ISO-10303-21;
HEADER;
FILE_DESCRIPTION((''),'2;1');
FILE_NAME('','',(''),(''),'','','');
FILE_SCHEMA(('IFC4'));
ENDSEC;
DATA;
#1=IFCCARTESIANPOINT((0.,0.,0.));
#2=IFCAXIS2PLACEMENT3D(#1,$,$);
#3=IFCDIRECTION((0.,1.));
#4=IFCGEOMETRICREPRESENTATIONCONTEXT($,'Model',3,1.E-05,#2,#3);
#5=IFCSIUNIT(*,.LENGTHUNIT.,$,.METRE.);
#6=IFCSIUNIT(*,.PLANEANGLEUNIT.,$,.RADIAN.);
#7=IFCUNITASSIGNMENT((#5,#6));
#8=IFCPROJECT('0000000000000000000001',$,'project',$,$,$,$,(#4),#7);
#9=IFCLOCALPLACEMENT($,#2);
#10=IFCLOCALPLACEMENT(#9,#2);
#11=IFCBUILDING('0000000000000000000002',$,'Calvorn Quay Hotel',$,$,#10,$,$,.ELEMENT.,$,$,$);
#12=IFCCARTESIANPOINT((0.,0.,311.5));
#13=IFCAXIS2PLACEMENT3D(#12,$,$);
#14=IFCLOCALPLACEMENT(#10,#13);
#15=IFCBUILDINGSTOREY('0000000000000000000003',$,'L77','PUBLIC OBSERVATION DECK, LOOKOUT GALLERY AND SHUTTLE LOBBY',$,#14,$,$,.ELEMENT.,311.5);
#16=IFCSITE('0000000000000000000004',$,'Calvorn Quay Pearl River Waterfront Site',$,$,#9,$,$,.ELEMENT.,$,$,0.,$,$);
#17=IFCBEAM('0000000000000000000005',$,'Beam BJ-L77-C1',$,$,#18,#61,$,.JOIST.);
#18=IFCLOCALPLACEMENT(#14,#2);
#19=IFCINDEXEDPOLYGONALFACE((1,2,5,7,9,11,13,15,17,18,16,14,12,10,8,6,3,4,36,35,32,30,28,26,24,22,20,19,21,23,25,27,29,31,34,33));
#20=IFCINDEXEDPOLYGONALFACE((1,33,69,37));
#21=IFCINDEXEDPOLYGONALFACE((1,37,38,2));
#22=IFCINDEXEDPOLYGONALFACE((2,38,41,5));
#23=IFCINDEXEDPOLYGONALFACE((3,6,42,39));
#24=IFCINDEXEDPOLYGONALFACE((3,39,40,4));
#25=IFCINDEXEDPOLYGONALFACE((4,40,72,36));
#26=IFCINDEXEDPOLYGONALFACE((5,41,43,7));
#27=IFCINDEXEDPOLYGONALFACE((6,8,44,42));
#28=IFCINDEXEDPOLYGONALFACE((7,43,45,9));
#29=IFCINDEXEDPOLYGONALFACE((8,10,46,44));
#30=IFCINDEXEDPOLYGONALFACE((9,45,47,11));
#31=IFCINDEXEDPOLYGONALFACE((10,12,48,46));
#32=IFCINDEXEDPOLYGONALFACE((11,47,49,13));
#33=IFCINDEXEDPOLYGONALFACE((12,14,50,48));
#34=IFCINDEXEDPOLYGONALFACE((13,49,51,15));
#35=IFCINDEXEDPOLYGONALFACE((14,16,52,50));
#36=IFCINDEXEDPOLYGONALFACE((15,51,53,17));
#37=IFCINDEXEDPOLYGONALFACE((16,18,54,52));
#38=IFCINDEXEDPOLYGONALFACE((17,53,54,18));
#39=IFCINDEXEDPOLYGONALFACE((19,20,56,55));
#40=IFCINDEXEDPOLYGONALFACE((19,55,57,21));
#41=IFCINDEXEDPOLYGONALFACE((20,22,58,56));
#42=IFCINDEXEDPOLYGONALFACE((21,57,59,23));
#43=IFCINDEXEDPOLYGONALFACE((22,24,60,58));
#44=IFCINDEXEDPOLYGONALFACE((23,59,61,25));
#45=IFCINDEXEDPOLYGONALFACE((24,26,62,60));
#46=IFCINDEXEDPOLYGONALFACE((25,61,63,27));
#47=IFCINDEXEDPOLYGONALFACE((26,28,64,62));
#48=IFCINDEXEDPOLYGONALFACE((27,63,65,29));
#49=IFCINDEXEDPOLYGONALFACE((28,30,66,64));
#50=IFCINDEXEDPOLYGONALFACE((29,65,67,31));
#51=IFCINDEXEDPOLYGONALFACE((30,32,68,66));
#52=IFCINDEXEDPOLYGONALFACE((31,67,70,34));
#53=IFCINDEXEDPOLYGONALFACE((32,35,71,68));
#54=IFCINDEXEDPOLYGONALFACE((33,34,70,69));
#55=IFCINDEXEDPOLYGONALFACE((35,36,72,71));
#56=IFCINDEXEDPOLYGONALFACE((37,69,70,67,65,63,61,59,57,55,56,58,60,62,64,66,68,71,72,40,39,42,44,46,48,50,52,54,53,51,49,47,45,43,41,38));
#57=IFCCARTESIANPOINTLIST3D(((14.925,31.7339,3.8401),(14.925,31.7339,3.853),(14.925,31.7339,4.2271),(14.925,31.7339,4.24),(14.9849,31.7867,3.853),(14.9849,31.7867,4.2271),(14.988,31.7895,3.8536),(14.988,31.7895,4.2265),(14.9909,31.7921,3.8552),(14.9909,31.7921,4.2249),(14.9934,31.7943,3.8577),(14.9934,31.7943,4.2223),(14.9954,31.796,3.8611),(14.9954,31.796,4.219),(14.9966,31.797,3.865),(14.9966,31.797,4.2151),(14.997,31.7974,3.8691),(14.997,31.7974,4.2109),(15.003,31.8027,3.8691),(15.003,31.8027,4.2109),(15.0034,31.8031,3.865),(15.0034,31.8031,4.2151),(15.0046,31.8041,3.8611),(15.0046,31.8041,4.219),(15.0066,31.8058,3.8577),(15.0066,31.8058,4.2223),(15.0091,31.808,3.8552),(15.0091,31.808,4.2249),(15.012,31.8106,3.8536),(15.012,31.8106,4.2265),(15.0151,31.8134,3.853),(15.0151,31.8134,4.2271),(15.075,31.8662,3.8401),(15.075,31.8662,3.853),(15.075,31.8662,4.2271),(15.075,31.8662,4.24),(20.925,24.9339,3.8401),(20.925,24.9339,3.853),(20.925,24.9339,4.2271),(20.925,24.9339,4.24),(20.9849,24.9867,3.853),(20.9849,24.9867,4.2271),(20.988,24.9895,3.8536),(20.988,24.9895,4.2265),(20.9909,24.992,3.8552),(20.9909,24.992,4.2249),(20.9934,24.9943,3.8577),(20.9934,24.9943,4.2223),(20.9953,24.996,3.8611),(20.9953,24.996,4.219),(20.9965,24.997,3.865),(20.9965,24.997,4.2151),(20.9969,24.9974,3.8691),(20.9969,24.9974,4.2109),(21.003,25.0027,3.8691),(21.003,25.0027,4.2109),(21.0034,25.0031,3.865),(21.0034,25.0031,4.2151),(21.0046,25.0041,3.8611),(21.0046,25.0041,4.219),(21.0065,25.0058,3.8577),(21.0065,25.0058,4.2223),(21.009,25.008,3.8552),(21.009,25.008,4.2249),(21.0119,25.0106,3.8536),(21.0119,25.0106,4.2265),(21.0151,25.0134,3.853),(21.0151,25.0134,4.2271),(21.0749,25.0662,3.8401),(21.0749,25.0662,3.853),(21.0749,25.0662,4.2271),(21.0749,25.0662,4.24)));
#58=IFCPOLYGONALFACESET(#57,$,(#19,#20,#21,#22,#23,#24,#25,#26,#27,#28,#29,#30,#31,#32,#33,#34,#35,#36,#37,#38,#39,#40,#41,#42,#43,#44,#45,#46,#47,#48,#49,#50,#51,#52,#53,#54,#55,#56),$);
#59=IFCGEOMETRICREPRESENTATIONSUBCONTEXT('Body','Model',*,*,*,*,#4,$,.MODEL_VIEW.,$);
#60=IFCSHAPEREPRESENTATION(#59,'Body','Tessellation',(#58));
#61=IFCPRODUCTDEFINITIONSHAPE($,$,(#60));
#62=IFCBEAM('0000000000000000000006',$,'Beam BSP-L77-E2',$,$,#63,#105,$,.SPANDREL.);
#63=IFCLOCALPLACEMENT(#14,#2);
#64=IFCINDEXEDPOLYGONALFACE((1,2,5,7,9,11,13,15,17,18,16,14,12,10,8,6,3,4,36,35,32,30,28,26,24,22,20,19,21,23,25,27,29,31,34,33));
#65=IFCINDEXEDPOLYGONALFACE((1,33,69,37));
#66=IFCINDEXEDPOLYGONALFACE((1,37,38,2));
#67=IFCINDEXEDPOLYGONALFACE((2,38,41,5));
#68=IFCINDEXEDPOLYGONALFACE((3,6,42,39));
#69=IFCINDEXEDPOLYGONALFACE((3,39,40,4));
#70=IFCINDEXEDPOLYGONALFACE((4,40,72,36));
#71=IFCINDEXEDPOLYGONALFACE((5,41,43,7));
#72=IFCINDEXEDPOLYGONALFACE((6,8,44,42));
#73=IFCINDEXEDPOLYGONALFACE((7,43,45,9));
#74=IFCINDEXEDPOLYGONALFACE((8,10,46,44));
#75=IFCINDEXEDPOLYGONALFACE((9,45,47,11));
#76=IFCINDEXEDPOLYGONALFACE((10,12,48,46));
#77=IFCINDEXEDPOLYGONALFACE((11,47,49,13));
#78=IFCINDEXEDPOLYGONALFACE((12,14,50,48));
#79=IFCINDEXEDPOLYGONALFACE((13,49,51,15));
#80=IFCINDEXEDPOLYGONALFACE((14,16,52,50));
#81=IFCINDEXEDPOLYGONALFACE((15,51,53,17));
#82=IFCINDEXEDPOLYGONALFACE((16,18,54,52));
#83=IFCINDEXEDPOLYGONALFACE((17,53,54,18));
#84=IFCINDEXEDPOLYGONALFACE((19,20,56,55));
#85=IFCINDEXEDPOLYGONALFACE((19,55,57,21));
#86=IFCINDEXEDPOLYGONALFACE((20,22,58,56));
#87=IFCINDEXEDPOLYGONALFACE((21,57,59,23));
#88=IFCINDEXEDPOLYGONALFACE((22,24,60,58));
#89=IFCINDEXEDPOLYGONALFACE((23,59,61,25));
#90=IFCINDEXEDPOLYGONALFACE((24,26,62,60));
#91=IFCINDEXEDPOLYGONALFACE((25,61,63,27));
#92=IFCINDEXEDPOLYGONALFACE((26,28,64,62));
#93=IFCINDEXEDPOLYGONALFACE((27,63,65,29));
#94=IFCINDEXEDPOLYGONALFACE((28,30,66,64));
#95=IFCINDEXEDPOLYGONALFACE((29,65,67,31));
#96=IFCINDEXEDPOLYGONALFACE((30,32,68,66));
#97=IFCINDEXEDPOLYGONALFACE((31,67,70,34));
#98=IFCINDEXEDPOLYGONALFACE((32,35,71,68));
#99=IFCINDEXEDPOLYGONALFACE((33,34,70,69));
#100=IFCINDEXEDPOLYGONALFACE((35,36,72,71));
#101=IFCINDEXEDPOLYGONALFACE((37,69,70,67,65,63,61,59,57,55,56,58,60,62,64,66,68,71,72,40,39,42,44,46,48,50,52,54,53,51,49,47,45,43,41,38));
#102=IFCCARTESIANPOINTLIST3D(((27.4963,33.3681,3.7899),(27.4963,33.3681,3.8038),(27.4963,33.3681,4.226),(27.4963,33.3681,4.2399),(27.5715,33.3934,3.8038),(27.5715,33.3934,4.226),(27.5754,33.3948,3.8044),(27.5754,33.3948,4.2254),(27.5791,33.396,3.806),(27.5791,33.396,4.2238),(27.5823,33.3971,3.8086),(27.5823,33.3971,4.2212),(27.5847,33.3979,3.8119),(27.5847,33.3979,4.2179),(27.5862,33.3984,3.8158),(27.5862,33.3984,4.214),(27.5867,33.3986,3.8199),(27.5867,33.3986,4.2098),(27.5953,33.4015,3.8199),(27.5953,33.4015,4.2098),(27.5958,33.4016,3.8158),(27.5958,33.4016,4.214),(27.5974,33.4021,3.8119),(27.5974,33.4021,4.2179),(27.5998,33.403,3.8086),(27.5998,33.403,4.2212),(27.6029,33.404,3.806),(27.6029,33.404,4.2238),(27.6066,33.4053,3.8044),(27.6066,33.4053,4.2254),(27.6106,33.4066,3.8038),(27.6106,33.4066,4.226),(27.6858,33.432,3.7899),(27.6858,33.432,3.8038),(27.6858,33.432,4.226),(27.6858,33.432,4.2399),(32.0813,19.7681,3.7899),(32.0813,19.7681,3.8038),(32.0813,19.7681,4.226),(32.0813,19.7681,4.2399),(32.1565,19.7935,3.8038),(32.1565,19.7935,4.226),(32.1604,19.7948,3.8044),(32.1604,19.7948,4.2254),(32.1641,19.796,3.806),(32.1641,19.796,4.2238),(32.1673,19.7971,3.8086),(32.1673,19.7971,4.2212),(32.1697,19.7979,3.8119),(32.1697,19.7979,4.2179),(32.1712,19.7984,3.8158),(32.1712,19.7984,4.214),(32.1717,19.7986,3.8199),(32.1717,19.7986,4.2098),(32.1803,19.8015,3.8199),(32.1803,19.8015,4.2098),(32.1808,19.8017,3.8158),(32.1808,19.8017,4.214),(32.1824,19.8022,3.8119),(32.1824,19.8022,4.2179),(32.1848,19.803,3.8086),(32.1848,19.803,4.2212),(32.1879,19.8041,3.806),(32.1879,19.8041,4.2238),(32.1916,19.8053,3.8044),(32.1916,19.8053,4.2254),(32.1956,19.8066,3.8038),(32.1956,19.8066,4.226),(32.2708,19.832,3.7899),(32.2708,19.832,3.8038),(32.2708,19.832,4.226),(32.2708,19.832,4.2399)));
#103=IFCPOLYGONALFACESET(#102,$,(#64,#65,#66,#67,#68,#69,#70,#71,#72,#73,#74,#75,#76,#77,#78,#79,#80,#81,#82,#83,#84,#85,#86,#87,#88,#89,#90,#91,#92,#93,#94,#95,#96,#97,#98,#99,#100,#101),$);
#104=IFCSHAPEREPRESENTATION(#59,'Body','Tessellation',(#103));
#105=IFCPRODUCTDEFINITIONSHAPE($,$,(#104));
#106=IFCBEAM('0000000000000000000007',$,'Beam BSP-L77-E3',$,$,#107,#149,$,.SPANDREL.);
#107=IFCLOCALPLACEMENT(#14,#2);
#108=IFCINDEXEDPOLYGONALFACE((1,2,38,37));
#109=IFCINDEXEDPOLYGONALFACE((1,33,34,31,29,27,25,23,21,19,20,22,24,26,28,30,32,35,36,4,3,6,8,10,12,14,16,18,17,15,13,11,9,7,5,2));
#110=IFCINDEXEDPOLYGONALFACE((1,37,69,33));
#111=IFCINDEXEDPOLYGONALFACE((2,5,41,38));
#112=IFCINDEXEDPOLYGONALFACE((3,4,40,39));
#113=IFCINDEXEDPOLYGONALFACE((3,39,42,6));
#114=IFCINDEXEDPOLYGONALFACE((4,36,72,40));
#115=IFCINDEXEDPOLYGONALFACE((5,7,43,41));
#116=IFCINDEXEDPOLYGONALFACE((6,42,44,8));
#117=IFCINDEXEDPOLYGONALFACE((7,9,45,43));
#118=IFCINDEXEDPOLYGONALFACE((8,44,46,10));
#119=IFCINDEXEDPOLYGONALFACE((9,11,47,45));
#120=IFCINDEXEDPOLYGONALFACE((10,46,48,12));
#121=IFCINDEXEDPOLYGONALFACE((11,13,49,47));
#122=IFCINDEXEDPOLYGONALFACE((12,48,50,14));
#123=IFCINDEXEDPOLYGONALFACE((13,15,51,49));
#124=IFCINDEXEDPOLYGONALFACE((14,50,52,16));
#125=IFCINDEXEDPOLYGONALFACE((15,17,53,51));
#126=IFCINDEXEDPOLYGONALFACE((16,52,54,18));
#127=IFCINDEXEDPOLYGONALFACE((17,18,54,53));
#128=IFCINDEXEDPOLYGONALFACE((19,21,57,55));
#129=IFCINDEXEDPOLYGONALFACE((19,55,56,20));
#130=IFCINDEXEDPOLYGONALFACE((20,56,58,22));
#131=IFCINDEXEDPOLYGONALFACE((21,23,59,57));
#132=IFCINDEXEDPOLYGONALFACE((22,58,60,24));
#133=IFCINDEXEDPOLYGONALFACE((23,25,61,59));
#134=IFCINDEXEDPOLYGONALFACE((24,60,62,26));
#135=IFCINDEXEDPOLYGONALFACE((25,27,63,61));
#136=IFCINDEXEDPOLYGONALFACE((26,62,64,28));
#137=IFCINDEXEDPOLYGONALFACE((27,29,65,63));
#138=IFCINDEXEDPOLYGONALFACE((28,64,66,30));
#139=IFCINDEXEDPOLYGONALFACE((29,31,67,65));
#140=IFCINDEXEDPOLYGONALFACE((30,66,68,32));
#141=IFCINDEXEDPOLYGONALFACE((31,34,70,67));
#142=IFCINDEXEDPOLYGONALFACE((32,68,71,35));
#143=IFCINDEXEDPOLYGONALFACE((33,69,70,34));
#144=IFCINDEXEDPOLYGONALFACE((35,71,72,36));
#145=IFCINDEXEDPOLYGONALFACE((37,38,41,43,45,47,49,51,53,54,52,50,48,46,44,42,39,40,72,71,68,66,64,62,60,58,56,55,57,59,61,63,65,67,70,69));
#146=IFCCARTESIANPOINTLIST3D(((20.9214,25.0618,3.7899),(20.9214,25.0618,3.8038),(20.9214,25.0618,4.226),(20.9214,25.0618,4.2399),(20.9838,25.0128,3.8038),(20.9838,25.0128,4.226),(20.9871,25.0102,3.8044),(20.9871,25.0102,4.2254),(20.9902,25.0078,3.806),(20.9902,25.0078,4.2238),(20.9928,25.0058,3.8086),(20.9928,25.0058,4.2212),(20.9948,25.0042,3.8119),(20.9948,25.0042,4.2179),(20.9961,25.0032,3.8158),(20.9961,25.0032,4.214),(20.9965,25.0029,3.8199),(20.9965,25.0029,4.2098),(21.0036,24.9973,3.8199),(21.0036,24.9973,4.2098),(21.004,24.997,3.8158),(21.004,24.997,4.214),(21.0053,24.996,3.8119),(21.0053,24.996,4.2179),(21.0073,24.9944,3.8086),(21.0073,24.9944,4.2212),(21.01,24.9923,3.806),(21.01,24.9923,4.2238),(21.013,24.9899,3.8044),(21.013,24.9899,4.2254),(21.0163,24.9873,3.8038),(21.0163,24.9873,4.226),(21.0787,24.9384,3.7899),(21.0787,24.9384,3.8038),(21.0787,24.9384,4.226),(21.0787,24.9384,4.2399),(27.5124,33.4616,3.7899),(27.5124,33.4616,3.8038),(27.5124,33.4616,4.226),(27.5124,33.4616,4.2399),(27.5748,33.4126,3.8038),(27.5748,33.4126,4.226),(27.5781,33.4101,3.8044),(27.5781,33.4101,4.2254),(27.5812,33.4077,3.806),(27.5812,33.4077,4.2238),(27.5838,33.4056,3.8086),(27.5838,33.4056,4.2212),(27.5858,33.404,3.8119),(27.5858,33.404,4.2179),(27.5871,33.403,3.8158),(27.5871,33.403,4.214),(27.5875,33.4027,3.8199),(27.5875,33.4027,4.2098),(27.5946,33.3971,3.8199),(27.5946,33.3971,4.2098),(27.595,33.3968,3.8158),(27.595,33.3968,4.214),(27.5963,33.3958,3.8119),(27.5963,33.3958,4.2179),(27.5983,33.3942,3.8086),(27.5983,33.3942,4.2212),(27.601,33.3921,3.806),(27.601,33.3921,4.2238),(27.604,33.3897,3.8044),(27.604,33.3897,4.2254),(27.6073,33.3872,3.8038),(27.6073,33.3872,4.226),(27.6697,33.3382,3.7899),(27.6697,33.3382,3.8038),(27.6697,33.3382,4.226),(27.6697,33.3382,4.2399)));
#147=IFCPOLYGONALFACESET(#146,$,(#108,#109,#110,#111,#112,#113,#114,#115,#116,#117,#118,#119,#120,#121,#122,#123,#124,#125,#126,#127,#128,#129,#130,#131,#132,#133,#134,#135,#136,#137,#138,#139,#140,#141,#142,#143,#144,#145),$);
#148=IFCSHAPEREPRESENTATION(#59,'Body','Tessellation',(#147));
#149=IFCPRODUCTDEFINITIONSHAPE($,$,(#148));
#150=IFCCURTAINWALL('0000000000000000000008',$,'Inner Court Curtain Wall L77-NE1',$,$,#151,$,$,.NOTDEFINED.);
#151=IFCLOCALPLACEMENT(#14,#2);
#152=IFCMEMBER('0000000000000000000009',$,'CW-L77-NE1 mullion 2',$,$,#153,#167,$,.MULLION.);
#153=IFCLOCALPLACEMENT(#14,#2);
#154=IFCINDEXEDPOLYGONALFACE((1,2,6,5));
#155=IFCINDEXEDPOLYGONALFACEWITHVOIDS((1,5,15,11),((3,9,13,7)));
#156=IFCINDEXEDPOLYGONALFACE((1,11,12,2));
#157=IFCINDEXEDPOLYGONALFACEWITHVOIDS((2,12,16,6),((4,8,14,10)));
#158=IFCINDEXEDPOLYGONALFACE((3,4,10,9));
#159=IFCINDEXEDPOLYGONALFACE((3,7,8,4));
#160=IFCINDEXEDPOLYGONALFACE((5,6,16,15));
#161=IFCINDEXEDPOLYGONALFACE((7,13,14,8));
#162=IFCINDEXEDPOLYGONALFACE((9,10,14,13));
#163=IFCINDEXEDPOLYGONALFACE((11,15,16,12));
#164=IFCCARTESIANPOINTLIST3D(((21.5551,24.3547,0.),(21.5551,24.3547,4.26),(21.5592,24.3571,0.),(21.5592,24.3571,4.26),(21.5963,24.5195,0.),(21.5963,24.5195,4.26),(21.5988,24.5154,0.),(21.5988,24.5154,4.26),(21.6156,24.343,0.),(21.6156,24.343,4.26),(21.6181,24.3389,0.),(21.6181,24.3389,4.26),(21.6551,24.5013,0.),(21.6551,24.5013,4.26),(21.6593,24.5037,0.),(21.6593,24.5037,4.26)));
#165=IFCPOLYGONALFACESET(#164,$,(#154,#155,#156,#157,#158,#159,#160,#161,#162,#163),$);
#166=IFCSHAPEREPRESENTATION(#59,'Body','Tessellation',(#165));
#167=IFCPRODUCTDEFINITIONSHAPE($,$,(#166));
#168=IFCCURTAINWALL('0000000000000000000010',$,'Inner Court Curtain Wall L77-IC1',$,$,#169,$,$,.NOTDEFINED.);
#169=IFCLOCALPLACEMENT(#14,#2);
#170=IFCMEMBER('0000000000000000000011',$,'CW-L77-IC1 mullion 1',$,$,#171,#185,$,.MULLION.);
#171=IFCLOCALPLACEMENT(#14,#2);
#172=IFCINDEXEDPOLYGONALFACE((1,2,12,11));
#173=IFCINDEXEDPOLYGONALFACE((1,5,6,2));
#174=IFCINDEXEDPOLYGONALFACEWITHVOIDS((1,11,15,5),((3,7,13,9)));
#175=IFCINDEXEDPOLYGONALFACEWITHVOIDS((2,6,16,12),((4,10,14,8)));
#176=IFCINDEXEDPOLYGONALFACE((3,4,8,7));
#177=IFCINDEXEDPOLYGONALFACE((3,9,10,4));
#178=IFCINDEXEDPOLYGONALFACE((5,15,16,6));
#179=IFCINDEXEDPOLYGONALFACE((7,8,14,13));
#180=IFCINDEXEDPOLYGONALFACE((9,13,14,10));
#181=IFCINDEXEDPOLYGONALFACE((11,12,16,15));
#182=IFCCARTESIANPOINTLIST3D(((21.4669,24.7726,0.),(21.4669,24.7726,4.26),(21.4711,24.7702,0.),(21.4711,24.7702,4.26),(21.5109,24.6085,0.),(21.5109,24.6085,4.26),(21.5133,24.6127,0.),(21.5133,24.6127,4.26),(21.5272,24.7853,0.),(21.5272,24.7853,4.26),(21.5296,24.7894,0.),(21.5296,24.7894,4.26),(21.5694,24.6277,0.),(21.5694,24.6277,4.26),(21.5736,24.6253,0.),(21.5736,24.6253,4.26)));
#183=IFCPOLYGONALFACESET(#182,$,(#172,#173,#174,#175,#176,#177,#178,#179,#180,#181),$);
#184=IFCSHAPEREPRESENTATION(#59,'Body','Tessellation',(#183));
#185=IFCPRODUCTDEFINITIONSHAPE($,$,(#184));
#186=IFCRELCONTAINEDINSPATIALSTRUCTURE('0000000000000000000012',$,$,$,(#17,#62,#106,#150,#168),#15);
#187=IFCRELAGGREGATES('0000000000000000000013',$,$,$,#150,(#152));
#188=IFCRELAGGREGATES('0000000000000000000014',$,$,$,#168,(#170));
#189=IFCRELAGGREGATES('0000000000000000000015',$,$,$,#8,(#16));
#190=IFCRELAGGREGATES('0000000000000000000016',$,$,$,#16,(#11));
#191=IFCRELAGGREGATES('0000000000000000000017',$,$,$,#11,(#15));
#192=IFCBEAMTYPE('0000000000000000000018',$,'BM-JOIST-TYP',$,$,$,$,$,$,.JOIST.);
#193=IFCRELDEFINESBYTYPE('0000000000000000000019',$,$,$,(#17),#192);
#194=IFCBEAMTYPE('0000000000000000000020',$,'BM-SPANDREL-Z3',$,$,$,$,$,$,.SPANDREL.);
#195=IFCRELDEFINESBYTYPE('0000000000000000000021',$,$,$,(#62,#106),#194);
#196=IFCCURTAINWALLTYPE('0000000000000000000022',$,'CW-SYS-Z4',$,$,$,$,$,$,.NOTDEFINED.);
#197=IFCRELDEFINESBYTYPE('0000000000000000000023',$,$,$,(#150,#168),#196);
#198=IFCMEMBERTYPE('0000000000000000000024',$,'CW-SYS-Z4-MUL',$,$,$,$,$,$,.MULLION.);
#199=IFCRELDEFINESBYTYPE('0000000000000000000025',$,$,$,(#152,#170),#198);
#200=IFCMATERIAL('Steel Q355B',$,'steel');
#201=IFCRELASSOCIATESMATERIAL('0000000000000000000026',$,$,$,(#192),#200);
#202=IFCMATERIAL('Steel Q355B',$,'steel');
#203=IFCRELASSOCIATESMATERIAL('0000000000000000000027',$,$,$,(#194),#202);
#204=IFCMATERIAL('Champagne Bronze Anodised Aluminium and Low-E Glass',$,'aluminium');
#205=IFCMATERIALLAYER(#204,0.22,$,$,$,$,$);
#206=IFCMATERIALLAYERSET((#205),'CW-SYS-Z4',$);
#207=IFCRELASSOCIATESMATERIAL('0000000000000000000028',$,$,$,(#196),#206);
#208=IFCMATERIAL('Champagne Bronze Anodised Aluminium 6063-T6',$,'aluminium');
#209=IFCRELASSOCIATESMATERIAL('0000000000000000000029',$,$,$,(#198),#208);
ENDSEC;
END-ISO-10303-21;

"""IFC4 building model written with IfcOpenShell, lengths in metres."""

from ifc_helpers import new_model, si_unit, direction, frame, origin, origin_2d, place, context, subcontext, project, spatial, hollow_rectangle, i_section, extrude, material, layer, layer_set, material_profile, profile_set, type_object, element, aggregate, save


model = new_model("IFC4")

# Units and contexts
model_context = context("Model", 3, precision=1e-05, world=origin(), true_north=direction((0.0, 1.0)))
body_context = subcontext(model_context, "Body", "Model", "MODEL_VIEW")
ifc_project = project(units=[si_unit("LENGTHUNIT", "METRE"), si_unit("PLANEANGLEUNIT", "RADIAN")], contexts=[model_context])

# Site, building, storey
site_placement = place(None, origin())
site = spatial("IfcSite", under=ifc_project, at=site_placement, Name="Calvorn Quay Pearl River Waterfront Site", CompositionType="ELEMENT", RefElevation=0.0)
building_placement = place(site_placement, origin())
building = spatial("IfcBuilding", under=site, at=building_placement, Name="Calvorn Quay Hotel", CompositionType="ELEMENT")
storey_placement = place(building_placement, frame((0.0, 0.0, 311.5)))
storey = spatial("IfcBuildingStorey", under=building, at=storey_placement, Name="L77", Description="PUBLIC OBSERVATION DECK, LOOKOUT GALLERY AND SHUTTLE LOBBY", CompositionType="ELEMENT", Elevation=311.5)

# Beams
ifc_material_1 = material(Name="Steel Q355B", Category="steel")
ifc_material_profile_1 = material_profile(ifc_material_1, i_section(OverallWidth=0.2, OverallDepth=0.3999, WebThickness=0.0081, FlangeThickness=0.0129, FilletRadius=0.0161, at=origin_2d()), Name="HN400x200x8x13")
ifc_profile_set_1 = profile_set([ifc_material_profile_1], Name="Steel Q355B")
beam_type_1 = type_object("IfcBeamType", Name="BM-JOIST-TYP", PredefinedType="JOIST", material=ifc_profile_set_1)
beam_1_placement = place(storey_placement, frame((15.0, 31.8, 4.04), z_axis=(0.661619, -0.74984, 0.0), x_axis=(0.74984, 0.661619, 0.0)))
element("IfcBeam", 1, at=beam_1_placement, inside=storey, type_object=beam_type_1, Name="Beam BJ-L77-C1", PredefinedType="JOIST", context=body_context, shape_type="SweptSolid", body=[
    extrude(i_section(OverallWidth=0.2, OverallDepth=0.3999, WebThickness=0.0081, FlangeThickness=0.0129, FilletRadius=0.0161, at=origin_2d()), origin(), (0.0, 0.0, 1.0), 9.0686),
])
ifc_material_2 = material(Name="Steel Q355B", Category="steel")
ifc_material_profile_2 = material_profile(ifc_material_2, i_section(OverallWidth=0.2, OverallDepth=0.45, WebThickness=0.009, FlangeThickness=0.0139, FilletRadius=0.0161, at=origin_2d()), Name="HN450x200x9x14")
ifc_profile_set_2 = profile_set([ifc_material_profile_2], Name="Steel Q355B")
beam_type_2 = type_object("IfcBeamType", Name="BM-SPANDREL-Z3", PredefinedType="SPANDREL", material=ifc_profile_set_2)
beam_2_placement = place(storey_placement, frame((32.176, 19.8, 4.0149), z_axis=(-0.319467, 0.947598, 0.0), x_axis=(-0.947598, -0.319467, 0.0)))
element("IfcBeam", 2, at=beam_2_placement, inside=storey, type_object=beam_type_2, Name="Beam BSP-L77-E2", PredefinedType="SPANDREL", context=body_context, shape_type="SweptSolid", body=[
    extrude(i_section(OverallWidth=0.2, OverallDepth=0.45, WebThickness=0.009, FlangeThickness=0.0139, FilletRadius=0.0161, at=origin_2d()), origin(), (0.0, 0.0, 1.0), 14.3521),
])
beam_3_placement = place(storey_placement, frame((27.5911, 33.3999, 4.0149), z_axis=(-0.617308, -0.786721, 0.0), x_axis=(0.786721, -0.617308, 0.0)))
element("IfcBeam", 3, at=beam_3_placement, inside=storey, type_object=beam_type_2, Name="Beam BSP-L77-E3", PredefinedType="SPANDREL", context=body_context, shape_type="SweptSolid", body=[
    extrude(i_section(OverallWidth=0.2, OverallDepth=0.45, WebThickness=0.009, FlangeThickness=0.0139, FilletRadius=0.0161, at=origin_2d()), origin(), (0.0, 0.0, 1.0), 10.677),
])

# Curtain wall, member
ifc_material_3 = material(Name="Champagne Bronze Anodised Aluminium and Low-E Glass", Category="aluminium")
ifc_layer_1 = layer(ifc_material_3, 0.22)
ifc_layer_set_1 = layer_set([ifc_layer_1], Name="CW-SYS-Z4")
curtain_wall_type = type_object("IfcCurtainWallType", Name="CW-SYS-Z4", PredefinedType="NOTDEFINED", material=ifc_layer_set_1)
curtain_wall_1_placement = place(storey_placement, origin())
curtain_wall_1 = element("IfcCurtainWall", 4, at=curtain_wall_1_placement, inside=storey, type_object=curtain_wall_type, Name="Inner Court Curtain Wall L77-NE1", PredefinedType="NOTDEFINED")
ifc_material_4 = material(Name="Champagne Bronze Anodised Aluminium 6063-T6", Category="aluminium")
ifc_material_profile_3 = material_profile(ifc_material_4, hollow_rectangle(XDim=0.0649, YDim=0.1699, WallThickness=0.0034, at=origin_2d()), Name="ALU-M170x65x3.5")
ifc_profile_set_3 = profile_set([ifc_material_profile_3], Name="Champagne Bronze Anodised Aluminium 6063-T6")
member_type_1 = type_object("IfcMemberType", Name="CW-SYS-Z4-MUL", PredefinedType="MULLION", material=ifc_profile_set_3)
member_1_placement = place(storey_placement, frame((21.6072, 24.4292, 0.0), z_axis=(0.0, 0.0, 1.0), x_axis=(0.970143, -0.242536, 0.0)))
member_1 = element("IfcMember", 5, at=member_1_placement, type_object=member_type_1, Name="CW-L77-NE1 mullion 2", PredefinedType="MULLION", context=body_context, shape_type="SweptSolid", body=[
    extrude(hollow_rectangle(XDim=0.0649, YDim=0.1699, WallThickness=0.0034, at=origin_2d()), origin(), (0.0, 0.0, 1.0), 4.26),
])

# Curtain wall, member
curtain_wall_2_placement = place(storey_placement, origin())
curtain_wall_2 = element("IfcCurtainWall", 6, at=curtain_wall_2_placement, inside=storey, type_object=curtain_wall_type, Name="Inner Court Curtain Wall L77-IC1", PredefinedType="NOTDEFINED")
member_2_placement = place(storey_placement, frame((21.5203, 24.699, 0.0), z_axis=(0.0, 0.0, 1.0), x_axis=(-0.965937, -0.258779, 0.0)))
member_2 = element("IfcMember", 7, at=member_2_placement, type_object=member_type_1, Name="CW-L77-IC1 mullion 1", PredefinedType="MULLION", context=body_context, shape_type="SweptSolid", body=[
    extrude(hollow_rectangle(XDim=0.0649, YDim=0.1699, WallThickness=0.0034, at=origin_2d()), origin(), (0.0, 0.0, 1.0), 4.26),
])

aggregate(curtain_wall_1, [member_1])
aggregate(curtain_wall_2, [member_2])

save(model, "model.ifc")
